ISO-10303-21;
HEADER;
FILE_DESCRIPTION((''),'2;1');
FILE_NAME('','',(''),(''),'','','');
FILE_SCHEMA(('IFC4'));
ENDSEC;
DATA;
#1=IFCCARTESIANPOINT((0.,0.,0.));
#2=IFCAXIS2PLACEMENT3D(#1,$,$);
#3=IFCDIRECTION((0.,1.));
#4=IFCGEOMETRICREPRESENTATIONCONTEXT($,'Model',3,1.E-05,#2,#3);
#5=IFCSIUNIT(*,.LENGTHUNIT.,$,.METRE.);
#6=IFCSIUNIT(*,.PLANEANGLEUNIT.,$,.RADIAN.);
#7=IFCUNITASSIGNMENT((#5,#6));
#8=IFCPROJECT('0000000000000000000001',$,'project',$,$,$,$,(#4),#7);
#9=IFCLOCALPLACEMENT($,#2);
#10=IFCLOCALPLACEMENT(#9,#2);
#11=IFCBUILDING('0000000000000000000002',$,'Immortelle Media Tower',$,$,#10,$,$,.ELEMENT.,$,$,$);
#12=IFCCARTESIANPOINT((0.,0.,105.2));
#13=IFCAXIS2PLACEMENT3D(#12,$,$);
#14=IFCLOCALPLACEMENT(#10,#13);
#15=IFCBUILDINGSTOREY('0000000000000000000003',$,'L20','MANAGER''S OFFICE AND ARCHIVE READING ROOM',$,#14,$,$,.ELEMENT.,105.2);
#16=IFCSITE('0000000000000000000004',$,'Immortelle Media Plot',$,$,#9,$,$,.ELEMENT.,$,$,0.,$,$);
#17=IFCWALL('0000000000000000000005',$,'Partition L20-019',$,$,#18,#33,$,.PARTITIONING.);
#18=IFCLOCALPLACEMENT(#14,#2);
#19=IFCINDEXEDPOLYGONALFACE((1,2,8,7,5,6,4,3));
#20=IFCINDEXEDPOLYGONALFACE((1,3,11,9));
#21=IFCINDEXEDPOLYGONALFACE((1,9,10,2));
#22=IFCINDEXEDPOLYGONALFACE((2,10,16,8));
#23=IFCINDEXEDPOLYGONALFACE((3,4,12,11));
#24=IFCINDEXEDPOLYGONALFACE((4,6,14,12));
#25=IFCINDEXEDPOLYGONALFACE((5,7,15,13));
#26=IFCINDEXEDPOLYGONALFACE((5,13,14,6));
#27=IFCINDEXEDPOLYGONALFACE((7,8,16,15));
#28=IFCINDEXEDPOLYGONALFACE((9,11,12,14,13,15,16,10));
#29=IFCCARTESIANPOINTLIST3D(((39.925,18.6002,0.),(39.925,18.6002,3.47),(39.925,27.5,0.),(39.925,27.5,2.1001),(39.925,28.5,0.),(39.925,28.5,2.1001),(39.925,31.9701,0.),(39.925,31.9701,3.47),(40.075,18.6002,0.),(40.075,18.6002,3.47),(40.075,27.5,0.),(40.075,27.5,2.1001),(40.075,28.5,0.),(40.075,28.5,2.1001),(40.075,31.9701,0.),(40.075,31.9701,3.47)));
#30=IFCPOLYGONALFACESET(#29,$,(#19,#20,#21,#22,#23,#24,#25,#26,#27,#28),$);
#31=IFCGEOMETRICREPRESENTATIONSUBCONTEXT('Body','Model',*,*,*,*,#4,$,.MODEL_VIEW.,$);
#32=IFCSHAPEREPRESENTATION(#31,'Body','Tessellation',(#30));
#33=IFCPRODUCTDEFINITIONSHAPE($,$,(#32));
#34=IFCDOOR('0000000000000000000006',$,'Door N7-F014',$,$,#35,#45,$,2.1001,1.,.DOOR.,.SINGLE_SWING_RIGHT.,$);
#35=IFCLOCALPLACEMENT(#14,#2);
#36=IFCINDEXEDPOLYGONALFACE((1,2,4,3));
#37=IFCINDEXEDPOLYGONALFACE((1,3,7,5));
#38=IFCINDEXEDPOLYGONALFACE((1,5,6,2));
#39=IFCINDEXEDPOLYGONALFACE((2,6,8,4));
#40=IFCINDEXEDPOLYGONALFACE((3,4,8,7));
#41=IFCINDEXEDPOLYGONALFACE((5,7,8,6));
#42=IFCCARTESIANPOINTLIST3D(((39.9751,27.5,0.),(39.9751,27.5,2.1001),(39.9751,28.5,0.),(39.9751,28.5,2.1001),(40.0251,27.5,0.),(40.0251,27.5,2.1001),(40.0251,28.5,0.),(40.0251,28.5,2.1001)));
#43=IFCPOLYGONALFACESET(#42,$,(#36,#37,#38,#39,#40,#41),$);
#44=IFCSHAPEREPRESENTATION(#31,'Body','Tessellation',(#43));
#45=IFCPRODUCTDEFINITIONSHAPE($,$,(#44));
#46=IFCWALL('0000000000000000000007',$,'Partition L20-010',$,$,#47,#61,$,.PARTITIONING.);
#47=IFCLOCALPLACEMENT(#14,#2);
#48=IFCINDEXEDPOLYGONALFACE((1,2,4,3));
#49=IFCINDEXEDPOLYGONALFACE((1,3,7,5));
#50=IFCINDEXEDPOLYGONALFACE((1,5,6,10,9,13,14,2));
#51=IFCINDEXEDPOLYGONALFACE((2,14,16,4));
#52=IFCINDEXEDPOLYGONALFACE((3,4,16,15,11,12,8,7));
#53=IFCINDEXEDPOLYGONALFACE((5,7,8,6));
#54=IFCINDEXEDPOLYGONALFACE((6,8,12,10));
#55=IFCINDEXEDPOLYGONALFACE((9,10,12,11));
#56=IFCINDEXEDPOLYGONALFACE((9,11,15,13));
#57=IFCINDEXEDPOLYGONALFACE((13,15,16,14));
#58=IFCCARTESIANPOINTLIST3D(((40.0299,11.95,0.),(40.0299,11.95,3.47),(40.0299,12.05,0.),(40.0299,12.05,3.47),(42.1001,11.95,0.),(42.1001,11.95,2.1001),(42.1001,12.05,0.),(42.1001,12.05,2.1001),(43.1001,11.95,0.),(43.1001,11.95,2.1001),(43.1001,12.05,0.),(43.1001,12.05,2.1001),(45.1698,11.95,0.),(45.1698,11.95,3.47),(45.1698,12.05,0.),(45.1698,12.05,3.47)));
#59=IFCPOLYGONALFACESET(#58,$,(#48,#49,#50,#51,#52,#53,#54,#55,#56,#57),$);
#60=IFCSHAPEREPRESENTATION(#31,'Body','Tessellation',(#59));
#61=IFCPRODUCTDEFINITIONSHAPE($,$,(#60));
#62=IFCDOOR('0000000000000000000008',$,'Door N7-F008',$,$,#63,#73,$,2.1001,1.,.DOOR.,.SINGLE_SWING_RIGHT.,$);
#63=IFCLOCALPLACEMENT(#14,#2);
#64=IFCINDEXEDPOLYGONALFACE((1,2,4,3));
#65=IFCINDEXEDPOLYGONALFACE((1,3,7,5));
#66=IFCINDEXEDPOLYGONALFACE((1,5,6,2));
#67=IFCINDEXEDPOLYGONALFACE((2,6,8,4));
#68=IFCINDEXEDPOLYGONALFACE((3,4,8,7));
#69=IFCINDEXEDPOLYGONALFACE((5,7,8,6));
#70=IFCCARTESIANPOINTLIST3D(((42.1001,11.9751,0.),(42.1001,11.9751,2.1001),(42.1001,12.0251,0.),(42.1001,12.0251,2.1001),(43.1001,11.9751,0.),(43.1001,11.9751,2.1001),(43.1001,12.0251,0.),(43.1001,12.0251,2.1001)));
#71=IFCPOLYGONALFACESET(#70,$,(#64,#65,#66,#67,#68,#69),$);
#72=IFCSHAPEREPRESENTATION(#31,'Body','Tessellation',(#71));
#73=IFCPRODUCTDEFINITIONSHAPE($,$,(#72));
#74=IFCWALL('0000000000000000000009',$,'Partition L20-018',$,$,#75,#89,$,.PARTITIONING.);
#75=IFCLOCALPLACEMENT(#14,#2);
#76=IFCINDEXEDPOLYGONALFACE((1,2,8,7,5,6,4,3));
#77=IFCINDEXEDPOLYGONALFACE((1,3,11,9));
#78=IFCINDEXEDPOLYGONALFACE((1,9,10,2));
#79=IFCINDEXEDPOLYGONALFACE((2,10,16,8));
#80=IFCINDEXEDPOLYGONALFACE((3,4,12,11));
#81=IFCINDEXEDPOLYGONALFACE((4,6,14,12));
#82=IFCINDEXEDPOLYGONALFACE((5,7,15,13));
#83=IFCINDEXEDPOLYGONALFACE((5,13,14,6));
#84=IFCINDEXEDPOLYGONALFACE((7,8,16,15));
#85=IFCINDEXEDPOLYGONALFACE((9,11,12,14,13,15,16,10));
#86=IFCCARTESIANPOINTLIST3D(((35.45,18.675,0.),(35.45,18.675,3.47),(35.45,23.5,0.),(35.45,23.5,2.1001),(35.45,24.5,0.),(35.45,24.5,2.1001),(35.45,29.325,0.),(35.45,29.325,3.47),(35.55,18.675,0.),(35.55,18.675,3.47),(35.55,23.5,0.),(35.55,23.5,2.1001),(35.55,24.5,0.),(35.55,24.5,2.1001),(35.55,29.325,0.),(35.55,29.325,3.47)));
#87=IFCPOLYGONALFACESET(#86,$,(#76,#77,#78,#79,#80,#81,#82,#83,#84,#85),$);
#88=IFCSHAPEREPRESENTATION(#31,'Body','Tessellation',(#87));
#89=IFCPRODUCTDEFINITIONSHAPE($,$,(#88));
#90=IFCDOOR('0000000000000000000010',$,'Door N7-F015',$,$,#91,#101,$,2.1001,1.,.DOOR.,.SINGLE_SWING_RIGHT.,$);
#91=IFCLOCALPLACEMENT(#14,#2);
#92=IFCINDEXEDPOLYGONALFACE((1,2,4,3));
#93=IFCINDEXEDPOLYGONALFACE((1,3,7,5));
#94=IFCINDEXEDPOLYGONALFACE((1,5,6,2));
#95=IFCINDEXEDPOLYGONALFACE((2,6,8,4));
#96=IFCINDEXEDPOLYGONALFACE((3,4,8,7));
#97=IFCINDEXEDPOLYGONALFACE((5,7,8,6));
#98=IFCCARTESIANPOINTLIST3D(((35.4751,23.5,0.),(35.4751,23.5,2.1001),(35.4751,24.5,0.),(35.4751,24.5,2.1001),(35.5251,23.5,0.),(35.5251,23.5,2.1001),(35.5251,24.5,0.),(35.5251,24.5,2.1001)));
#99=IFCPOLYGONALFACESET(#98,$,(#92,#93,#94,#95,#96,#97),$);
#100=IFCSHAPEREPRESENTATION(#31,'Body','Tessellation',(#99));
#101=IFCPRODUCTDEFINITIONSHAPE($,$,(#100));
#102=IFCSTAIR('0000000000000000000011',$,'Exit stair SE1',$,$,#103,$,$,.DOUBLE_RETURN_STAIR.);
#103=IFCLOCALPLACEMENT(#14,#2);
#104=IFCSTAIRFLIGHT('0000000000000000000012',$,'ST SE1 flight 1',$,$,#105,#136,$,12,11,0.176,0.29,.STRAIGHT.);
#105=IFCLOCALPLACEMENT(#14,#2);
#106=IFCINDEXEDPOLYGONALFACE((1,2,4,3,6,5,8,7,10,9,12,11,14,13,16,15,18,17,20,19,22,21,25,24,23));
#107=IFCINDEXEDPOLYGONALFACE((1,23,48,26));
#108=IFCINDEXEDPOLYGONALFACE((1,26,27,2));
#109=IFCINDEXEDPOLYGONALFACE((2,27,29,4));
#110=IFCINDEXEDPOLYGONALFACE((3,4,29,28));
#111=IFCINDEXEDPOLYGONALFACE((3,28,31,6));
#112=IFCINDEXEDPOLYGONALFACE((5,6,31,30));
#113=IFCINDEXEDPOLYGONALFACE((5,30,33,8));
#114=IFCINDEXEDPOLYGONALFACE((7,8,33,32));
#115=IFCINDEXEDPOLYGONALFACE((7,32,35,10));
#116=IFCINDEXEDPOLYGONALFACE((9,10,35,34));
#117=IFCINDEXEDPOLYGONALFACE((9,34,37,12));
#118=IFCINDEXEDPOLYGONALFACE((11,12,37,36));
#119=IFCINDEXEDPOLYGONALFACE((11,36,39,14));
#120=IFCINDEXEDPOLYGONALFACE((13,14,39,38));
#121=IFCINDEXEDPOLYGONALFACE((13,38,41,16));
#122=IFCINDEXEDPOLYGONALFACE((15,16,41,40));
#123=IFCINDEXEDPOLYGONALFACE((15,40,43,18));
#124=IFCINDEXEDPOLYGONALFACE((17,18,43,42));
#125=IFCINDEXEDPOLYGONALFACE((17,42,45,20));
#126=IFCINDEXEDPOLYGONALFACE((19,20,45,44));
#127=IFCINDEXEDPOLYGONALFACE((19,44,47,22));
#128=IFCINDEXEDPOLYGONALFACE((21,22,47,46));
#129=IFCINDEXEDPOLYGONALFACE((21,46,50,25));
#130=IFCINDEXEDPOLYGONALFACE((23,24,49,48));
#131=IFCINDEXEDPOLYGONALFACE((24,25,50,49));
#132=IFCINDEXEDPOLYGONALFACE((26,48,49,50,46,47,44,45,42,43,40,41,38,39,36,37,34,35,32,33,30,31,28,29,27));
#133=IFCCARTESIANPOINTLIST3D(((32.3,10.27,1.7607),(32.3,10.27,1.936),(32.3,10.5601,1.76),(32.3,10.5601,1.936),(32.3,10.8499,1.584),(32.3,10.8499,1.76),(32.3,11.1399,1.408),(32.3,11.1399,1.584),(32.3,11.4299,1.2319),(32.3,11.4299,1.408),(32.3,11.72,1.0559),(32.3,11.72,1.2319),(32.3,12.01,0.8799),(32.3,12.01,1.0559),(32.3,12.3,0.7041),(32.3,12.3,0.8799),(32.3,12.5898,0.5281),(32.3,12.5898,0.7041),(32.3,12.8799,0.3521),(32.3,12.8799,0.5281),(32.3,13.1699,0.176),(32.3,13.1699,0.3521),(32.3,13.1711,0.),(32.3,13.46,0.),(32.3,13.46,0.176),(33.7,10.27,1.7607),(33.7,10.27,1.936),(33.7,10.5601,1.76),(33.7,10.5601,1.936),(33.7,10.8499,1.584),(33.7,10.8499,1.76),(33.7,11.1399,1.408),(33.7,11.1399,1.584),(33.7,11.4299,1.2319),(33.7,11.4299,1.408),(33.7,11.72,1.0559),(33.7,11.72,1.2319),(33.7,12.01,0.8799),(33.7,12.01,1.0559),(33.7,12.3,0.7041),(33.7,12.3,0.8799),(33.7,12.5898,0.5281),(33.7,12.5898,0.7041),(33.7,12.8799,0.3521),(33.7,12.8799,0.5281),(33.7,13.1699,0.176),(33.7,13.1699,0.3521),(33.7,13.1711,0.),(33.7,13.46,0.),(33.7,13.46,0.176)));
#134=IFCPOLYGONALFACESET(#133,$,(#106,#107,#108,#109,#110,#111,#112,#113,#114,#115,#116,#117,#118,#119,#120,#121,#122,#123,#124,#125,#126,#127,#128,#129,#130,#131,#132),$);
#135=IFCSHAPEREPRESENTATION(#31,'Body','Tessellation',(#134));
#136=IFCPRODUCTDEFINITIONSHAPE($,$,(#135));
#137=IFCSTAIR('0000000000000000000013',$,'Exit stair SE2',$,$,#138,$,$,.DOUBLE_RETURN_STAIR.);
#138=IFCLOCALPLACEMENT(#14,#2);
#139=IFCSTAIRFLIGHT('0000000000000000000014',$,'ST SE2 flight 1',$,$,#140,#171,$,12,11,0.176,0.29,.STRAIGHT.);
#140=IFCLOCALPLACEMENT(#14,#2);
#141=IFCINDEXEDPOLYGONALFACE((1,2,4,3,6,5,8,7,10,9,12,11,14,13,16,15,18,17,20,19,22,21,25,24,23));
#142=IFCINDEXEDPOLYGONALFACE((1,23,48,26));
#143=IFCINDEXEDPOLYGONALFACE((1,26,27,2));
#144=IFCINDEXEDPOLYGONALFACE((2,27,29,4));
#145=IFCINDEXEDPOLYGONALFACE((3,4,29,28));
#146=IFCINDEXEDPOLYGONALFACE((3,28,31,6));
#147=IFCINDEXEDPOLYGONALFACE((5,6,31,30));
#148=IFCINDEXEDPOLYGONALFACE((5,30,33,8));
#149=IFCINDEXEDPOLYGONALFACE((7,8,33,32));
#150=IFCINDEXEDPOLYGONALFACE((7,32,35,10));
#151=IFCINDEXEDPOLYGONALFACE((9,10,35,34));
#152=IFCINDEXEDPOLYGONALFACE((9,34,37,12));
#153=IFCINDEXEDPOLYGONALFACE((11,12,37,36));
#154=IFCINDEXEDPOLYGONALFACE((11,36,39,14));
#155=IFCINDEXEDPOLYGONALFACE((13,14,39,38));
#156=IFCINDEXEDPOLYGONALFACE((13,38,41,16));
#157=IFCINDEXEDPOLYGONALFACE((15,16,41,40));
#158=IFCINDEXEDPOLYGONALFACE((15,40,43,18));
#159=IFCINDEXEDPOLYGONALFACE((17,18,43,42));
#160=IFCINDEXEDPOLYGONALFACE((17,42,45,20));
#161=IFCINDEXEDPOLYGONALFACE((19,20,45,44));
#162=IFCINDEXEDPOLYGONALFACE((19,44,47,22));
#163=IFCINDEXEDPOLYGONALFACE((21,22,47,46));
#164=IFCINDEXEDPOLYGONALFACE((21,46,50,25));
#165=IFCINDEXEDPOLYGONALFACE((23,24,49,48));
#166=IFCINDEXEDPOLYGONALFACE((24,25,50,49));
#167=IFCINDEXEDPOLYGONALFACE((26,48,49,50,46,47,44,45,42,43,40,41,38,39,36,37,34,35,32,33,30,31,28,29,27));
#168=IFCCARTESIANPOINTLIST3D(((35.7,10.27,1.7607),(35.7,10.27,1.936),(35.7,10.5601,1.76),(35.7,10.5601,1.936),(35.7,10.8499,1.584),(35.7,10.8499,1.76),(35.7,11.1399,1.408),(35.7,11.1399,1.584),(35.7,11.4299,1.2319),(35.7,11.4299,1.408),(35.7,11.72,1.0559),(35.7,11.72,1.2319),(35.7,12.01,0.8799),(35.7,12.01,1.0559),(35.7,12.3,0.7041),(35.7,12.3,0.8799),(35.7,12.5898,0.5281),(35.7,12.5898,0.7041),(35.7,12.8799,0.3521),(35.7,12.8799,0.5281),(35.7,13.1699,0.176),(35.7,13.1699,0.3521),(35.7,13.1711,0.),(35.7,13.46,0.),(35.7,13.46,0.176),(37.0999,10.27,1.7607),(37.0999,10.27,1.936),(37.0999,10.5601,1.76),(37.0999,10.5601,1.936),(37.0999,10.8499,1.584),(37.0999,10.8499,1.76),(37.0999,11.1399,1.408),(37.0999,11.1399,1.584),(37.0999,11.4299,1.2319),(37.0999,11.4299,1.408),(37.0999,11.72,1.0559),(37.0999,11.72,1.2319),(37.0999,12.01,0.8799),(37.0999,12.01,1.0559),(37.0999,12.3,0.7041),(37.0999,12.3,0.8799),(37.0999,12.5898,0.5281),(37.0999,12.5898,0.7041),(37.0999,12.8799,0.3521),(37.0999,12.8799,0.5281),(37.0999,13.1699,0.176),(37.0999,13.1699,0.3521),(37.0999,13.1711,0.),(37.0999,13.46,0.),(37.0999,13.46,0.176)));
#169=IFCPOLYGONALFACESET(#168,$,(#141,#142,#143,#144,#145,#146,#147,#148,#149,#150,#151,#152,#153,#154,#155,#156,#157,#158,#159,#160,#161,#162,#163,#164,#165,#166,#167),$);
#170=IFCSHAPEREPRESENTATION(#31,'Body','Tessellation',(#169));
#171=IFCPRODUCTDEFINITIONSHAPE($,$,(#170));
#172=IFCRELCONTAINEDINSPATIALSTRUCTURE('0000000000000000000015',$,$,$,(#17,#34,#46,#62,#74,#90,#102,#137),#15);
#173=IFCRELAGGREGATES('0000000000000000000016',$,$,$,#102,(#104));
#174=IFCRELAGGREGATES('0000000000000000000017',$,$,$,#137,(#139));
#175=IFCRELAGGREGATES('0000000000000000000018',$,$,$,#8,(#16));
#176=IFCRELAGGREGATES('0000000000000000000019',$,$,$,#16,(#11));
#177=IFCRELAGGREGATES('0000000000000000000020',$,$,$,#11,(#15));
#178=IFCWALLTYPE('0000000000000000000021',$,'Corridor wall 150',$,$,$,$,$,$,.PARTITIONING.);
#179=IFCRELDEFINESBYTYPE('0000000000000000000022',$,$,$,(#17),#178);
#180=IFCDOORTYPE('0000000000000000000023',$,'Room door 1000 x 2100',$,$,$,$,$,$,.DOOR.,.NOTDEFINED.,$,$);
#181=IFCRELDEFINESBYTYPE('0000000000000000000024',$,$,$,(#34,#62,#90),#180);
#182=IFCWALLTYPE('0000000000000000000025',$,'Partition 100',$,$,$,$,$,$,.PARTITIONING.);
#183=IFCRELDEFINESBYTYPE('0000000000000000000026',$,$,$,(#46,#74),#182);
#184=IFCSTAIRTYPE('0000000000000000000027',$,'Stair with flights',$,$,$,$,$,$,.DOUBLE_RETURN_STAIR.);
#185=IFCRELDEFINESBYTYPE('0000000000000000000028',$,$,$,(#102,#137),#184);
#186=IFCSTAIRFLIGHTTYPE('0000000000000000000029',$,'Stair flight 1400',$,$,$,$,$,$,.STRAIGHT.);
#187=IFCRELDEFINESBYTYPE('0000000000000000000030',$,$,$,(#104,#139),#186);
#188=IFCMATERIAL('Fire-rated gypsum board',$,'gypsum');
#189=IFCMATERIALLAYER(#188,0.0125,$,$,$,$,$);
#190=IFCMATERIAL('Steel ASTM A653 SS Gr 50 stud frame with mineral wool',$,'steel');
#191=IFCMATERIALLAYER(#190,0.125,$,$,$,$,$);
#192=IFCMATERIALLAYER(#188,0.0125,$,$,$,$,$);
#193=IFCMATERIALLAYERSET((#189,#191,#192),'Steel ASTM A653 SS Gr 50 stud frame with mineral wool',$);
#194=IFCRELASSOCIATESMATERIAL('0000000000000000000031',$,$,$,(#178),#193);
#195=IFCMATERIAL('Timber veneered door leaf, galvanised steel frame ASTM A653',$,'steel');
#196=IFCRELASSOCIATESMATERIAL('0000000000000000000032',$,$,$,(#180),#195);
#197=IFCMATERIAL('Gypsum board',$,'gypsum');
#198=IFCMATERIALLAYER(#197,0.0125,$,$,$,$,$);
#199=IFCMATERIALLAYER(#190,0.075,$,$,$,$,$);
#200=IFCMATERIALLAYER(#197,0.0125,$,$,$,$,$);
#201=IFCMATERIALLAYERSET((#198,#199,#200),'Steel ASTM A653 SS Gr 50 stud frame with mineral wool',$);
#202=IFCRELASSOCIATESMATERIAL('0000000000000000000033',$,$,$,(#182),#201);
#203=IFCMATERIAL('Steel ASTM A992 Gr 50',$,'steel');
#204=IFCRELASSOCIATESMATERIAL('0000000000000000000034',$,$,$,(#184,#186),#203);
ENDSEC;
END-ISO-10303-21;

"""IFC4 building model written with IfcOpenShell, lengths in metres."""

from ifc_helpers import new_model, si_unit, direction, frame, frame_2d, origin, place, context, subcontext, project, spatial, polyline, rectangle, outline, extrude, material, layer, layer_set, type_object, element, fill, aggregate, save


model = new_model("IFC4")

# Units and contexts
model_context = context("Model", 3, precision=1e-05, world=origin(), true_north=direction((0.0, 1.0)))
body_context = subcontext(model_context, "Body", "Model", "MODEL_VIEW")
ifc_project = project(units=[si_unit("LENGTHUNIT", "METRE"), si_unit("PLANEANGLEUNIT", "RADIAN")], contexts=[model_context])

# Site, building, storey
site_placement = place(None, origin())
site = spatial("IfcSite", under=ifc_project, at=site_placement, Name="Immortelle Media Plot", CompositionType="ELEMENT", RefElevation=0.0)
building_placement = place(site_placement, origin())
building = spatial("IfcBuilding", under=site, at=building_placement, Name="Immortelle Media Tower", CompositionType="ELEMENT")
storey_placement = place(building_placement, frame((0.0, 0.0, 105.2)))
storey = spatial("IfcBuildingStorey", under=building, at=storey_placement, Name="L20", Description="MANAGER'S OFFICE AND ARCHIVE READING ROOM", CompositionType="ELEMENT", Elevation=105.2)

# Shared definitions
ifc_material_1 = material(Name="Steel ASTM A992 Gr 50", Category="steel")

# Walls, openings, doors
ifc_material_2 = material(Name="Fire-rated gypsum board", Category="gypsum")
ifc_layer_1 = layer(ifc_material_2, 0.0125)
ifc_material_3 = material(Name="Steel ASTM A653 SS Gr 50 stud frame with mineral wool", Category="steel")
ifc_layer_2 = layer(ifc_material_3, 0.125)
ifc_layer_3 = layer(ifc_material_2, 0.0125)
ifc_layer_set_1 = layer_set([ifc_layer_1, ifc_layer_2, ifc_layer_3], Name="Steel ASTM A653 SS Gr 50 stud frame with mineral wool")
wall_type_1 = type_object("IfcWallType", Name="Corridor wall 150", PredefinedType="PARTITIONING", material=ifc_layer_set_1)
wall_1_placement = place(storey_placement, frame((40.0, 18.6001, 0.0), z_axis=(0.0, 0.0, 1.0), x_axis=(0.0, 1.0, 0.0)))
wall_1 = element("IfcWall", 1, at=wall_1_placement, inside=storey, type_object=wall_type_1, Name="Partition L20-019", PredefinedType="PARTITIONING", context=body_context, shape_type="SweptSolid", body=[
    extrude(rectangle(XDim=13.3699, YDim=0.1499, at=frame_2d((6.6851, 0.0))), origin(), (0.0, 0.0, 1.0), 3.47),
])
opening_1_placement = place(wall_1_placement, frame((8.8999, 0.0, 0.0)))
opening_1 = element("IfcOpeningElement", 2, at=opening_1_placement, cuts=wall_1, PredefinedType="OPENING", context=body_context, shape_type="SweptSolid", body=[
    extrude(rectangle(XDim=1.0, YDim=2.1001, at=frame_2d((0.5, 1.05))), frame((0.0, 0.085, 0.0), z_axis=(0.0, -1.0, 0.0), x_axis=(1.0, 0.0, 0.0)), (0.0, 0.0, 1.0), 0.1699),
])
ifc_material_4 = material(Name="Timber veneered door leaf, galvanised steel frame ASTM A653", Category="steel")
door_type = type_object("IfcDoorType", Name="Room door 1000 x 2100", OperationType="NOTDEFINED", PredefinedType="DOOR", material=ifc_material_4)
door_1_placement = place(opening_1_placement, origin())
door_1 = element("IfcDoor", 3, at=door_1_placement, inside=storey, type_object=door_type, Name="Door N7-F014", OperationType="SINGLE_SWING_RIGHT", OverallHeight=2.1001, OverallWidth=1.0, PredefinedType="DOOR", context=body_context, shape_type="SweptSolid", body=[
    extrude(rectangle(XDim=1.0, YDim=2.1001, at=frame_2d((0.5, 1.05))), frame((0.0, 0.0249, 0.0), z_axis=(0.0, -1.0, 0.0), x_axis=(1.0, 0.0, 0.0)), (0.0, 0.0, 1.0), 0.05),
])
fill(opening_1, door_1)
ifc_material_5 = material(Name="Gypsum board", Category="gypsum")
ifc_layer_4 = layer(ifc_material_5, 0.0125)
ifc_layer_5 = layer(ifc_material_3, 0.075)
ifc_layer_6 = layer(ifc_material_5, 0.0125)
ifc_layer_set_2 = layer_set([ifc_layer_4, ifc_layer_5, ifc_layer_6], Name="Steel ASTM A653 SS Gr 50 stud frame with mineral wool")
wall_type_2 = type_object("IfcWallType", Name="Partition 100", PredefinedType="PARTITIONING", material=ifc_layer_set_2)
wall_2_placement = place(storey_placement, frame((40.03, 12.0, 0.0), z_axis=(0.0, 0.0, 1.0), x_axis=(1.0, 0.0, 0.0)))
wall_2 = element("IfcWall", 4, at=wall_2_placement, inside=storey, type_object=wall_type_2, Name="Partition L20-010", PredefinedType="PARTITIONING", context=body_context, shape_type="SweptSolid", body=[
    extrude(rectangle(XDim=5.1399, YDim=0.1001, at=frame_2d((2.5698, 0.0))), origin(), (0.0, 0.0, 1.0), 3.47),
])
opening_2_placement = place(wall_2_placement, frame((3.0701, 0.0, 0.0), z_axis=(0.0, 0.0, 1.0), x_axis=(-1.0, 0.0, 0.0)))
opening_2 = element("IfcOpeningElement", 5, at=opening_2_placement, cuts=wall_2, PredefinedType="OPENING", context=body_context, shape_type="SweptSolid", body=[
    extrude(rectangle(XDim=1.0, YDim=2.1001, at=frame_2d((0.5, 1.05))), frame((0.0, 0.0601, 0.0), z_axis=(0.0, -1.0, 0.0), x_axis=(1.0, 0.0, 0.0)), (0.0, 0.0, 1.0), 0.1201),
])
door_2_placement = place(opening_2_placement, origin())
door_2 = element("IfcDoor", 6, at=door_2_placement, inside=storey, type_object=door_type, Name="Door N7-F008", OperationType="SINGLE_SWING_RIGHT", OverallHeight=2.1001, OverallWidth=1.0, PredefinedType="DOOR", context=body_context, shape_type="SweptSolid", body=[
    extrude(rectangle(XDim=1.0, YDim=2.1001, at=frame_2d((0.5, 1.05))), frame((0.0, 0.0249, 0.0), z_axis=(0.0, -1.0, 0.0), x_axis=(1.0, 0.0, 0.0)), (0.0, 0.0, 1.0), 0.05),
])
fill(opening_2, door_2)
wall_3_placement = place(storey_placement, frame((35.5, 18.675, 0.0), z_axis=(0.0, 0.0, 1.0), x_axis=(0.0, 1.0, 0.0)))
wall_3 = element("IfcWall", 7, at=wall_3_placement, inside=storey, type_object=wall_type_2, Name="Partition L20-018", PredefinedType="PARTITIONING", context=body_context, shape_type="SweptSolid", body=[
    extrude(rectangle(XDim=10.6499, YDim=0.1001, at=frame_2d((5.325, 0.0))), origin(), (0.0, 0.0, 1.0), 3.47),
])
opening_3_placement = place(wall_3_placement, frame((4.825, 0.0, 0.0)))
opening_3 = element("IfcOpeningElement", 8, at=opening_3_placement, cuts=wall_3, PredefinedType="OPENING", context=body_context, shape_type="SweptSolid", body=[
    extrude(rectangle(XDim=1.0, YDim=2.1001, at=frame_2d((0.5, 1.05))), frame((0.0, 0.0601, 0.0), z_axis=(0.0, -1.0, 0.0), x_axis=(1.0, 0.0, 0.0)), (0.0, 0.0, 1.0), 0.1201),
])
door_3_placement = place(opening_3_placement, origin())
door_3 = element("IfcDoor", 9, at=door_3_placement, inside=storey, type_object=door_type, Name="Door N7-F015", OperationType="SINGLE_SWING_RIGHT", OverallHeight=2.1001, OverallWidth=1.0, PredefinedType="DOOR", context=body_context, shape_type="SweptSolid", body=[
    extrude(rectangle(XDim=1.0, YDim=2.1001, at=frame_2d((0.5, 1.05))), frame((0.0, 0.0249, 0.0), z_axis=(0.0, -1.0, 0.0), x_axis=(1.0, 0.0, 0.0)), (0.0, 0.0, 1.0), 0.05),
])
fill(opening_3, door_3)

# Stairs, stair flights
stair_type = type_object("IfcStairType", Name="Stair with flights", PredefinedType="DOUBLE_RETURN_STAIR", material=ifc_material_1)
stair_1_placement = place(storey_placement, origin())
stair_1 = element("IfcStair", 10, at=stair_1_placement, inside=storey, type_object=stair_type, Name="Exit stair SE1", PredefinedType="DOUBLE_RETURN_STAIR")
stair_flight_type = type_object("IfcStairFlightType", Name="Stair flight 1400", PredefinedType="STRAIGHT", material=ifc_material_1)
stair_flight_1_placement = place(storey_placement, frame((33.0, 13.46, 0.0), z_axis=(0.0, 0.0, 1.0), x_axis=(0.0, -1.0, 0.0)))
stair_flight_1 = element("IfcStairFlight", 11, at=stair_flight_1_placement, type_object=stair_flight_type, Name="ST SE1 flight 1", NumberOfRisers=12, NumberOfTreads=11, PredefinedType="STRAIGHT", RiserHeight=0.176, TreadLength=0.29, context=body_context, shape_type="SweptSolid", body=[
    extrude(outline(polyline([(0.0, 0.0), (0.0, 0.176), (0.29, 0.176), (0.29, 0.3521), (0.5801, 0.3521), (0.5801, 0.5281), (0.8701, 0.5281), (0.8701, 0.7041), (1.1599, 0.7041), (1.1599, 0.8799), (1.45, 0.8799), (1.45, 1.0559), (1.74, 1.0559), (1.74, 1.2319), (2.03, 1.2319), (2.03, 1.408), (2.3201, 1.408), (2.3201, 1.584), (2.6101, 1.584), (2.6101, 1.76), (2.8999, 1.76), (2.8999, 1.936), (3.1899, 1.936), (3.1899, 2.1121), (3.1899, 1.7607), (0.2888, 0.0), (0.0, 0.0)])), frame((0.0, 0.7, 0.0), z_axis=(0.0, -1.0, 0.0), x_axis=(1.0, 0.0, 0.0)), (0.0, 0.0, 1.0), 1.3999),
])
aggregate(stair_1, [stair_flight_1])
stair_2_placement = place(storey_placement, origin())
stair_2 = element("IfcStair", 12, at=stair_2_placement, inside=storey, type_object=stair_type, Name="Exit stair SE2", PredefinedType="DOUBLE_RETURN_STAIR")
stair_flight_2_placement = place(storey_placement, frame((36.3999, 13.46, 0.0), z_axis=(0.0, 0.0, 1.0), x_axis=(0.0, -1.0, 0.0)))
stair_flight_2 = element("IfcStairFlight", 13, at=stair_flight_2_placement, type_object=stair_flight_type, Name="ST SE2 flight 1", NumberOfRisers=12, NumberOfTreads=11, PredefinedType="STRAIGHT", RiserHeight=0.176, TreadLength=0.29, context=body_context, shape_type="SweptSolid", body=[
    extrude(outline(polyline([(0.0, 0.0), (0.0, 0.176), (0.29, 0.176), (0.29, 0.3521), (0.5801, 0.3521), (0.5801, 0.5281), (0.8701, 0.5281), (0.8701, 0.7041), (1.1599, 0.7041), (1.1599, 0.8799), (1.45, 0.8799), (1.45, 1.0559), (1.74, 1.0559), (1.74, 1.2319), (2.03, 1.2319), (2.03, 1.408), (2.3201, 1.408), (2.3201, 1.584), (2.6101, 1.584), (2.6101, 1.76), (2.8999, 1.76), (2.8999, 1.936), (3.1899, 1.936), (3.1899, 2.1121), (3.1899, 1.7607), (0.2888, 0.0), (0.0, 0.0)])), frame((0.0, 0.7, 0.0), z_axis=(0.0, -1.0, 0.0), x_axis=(1.0, 0.0, 0.0)), (0.0, 0.0, 1.0), 1.3999),
])
aggregate(stair_2, [stair_flight_2])

save(model, "model.ifc")
